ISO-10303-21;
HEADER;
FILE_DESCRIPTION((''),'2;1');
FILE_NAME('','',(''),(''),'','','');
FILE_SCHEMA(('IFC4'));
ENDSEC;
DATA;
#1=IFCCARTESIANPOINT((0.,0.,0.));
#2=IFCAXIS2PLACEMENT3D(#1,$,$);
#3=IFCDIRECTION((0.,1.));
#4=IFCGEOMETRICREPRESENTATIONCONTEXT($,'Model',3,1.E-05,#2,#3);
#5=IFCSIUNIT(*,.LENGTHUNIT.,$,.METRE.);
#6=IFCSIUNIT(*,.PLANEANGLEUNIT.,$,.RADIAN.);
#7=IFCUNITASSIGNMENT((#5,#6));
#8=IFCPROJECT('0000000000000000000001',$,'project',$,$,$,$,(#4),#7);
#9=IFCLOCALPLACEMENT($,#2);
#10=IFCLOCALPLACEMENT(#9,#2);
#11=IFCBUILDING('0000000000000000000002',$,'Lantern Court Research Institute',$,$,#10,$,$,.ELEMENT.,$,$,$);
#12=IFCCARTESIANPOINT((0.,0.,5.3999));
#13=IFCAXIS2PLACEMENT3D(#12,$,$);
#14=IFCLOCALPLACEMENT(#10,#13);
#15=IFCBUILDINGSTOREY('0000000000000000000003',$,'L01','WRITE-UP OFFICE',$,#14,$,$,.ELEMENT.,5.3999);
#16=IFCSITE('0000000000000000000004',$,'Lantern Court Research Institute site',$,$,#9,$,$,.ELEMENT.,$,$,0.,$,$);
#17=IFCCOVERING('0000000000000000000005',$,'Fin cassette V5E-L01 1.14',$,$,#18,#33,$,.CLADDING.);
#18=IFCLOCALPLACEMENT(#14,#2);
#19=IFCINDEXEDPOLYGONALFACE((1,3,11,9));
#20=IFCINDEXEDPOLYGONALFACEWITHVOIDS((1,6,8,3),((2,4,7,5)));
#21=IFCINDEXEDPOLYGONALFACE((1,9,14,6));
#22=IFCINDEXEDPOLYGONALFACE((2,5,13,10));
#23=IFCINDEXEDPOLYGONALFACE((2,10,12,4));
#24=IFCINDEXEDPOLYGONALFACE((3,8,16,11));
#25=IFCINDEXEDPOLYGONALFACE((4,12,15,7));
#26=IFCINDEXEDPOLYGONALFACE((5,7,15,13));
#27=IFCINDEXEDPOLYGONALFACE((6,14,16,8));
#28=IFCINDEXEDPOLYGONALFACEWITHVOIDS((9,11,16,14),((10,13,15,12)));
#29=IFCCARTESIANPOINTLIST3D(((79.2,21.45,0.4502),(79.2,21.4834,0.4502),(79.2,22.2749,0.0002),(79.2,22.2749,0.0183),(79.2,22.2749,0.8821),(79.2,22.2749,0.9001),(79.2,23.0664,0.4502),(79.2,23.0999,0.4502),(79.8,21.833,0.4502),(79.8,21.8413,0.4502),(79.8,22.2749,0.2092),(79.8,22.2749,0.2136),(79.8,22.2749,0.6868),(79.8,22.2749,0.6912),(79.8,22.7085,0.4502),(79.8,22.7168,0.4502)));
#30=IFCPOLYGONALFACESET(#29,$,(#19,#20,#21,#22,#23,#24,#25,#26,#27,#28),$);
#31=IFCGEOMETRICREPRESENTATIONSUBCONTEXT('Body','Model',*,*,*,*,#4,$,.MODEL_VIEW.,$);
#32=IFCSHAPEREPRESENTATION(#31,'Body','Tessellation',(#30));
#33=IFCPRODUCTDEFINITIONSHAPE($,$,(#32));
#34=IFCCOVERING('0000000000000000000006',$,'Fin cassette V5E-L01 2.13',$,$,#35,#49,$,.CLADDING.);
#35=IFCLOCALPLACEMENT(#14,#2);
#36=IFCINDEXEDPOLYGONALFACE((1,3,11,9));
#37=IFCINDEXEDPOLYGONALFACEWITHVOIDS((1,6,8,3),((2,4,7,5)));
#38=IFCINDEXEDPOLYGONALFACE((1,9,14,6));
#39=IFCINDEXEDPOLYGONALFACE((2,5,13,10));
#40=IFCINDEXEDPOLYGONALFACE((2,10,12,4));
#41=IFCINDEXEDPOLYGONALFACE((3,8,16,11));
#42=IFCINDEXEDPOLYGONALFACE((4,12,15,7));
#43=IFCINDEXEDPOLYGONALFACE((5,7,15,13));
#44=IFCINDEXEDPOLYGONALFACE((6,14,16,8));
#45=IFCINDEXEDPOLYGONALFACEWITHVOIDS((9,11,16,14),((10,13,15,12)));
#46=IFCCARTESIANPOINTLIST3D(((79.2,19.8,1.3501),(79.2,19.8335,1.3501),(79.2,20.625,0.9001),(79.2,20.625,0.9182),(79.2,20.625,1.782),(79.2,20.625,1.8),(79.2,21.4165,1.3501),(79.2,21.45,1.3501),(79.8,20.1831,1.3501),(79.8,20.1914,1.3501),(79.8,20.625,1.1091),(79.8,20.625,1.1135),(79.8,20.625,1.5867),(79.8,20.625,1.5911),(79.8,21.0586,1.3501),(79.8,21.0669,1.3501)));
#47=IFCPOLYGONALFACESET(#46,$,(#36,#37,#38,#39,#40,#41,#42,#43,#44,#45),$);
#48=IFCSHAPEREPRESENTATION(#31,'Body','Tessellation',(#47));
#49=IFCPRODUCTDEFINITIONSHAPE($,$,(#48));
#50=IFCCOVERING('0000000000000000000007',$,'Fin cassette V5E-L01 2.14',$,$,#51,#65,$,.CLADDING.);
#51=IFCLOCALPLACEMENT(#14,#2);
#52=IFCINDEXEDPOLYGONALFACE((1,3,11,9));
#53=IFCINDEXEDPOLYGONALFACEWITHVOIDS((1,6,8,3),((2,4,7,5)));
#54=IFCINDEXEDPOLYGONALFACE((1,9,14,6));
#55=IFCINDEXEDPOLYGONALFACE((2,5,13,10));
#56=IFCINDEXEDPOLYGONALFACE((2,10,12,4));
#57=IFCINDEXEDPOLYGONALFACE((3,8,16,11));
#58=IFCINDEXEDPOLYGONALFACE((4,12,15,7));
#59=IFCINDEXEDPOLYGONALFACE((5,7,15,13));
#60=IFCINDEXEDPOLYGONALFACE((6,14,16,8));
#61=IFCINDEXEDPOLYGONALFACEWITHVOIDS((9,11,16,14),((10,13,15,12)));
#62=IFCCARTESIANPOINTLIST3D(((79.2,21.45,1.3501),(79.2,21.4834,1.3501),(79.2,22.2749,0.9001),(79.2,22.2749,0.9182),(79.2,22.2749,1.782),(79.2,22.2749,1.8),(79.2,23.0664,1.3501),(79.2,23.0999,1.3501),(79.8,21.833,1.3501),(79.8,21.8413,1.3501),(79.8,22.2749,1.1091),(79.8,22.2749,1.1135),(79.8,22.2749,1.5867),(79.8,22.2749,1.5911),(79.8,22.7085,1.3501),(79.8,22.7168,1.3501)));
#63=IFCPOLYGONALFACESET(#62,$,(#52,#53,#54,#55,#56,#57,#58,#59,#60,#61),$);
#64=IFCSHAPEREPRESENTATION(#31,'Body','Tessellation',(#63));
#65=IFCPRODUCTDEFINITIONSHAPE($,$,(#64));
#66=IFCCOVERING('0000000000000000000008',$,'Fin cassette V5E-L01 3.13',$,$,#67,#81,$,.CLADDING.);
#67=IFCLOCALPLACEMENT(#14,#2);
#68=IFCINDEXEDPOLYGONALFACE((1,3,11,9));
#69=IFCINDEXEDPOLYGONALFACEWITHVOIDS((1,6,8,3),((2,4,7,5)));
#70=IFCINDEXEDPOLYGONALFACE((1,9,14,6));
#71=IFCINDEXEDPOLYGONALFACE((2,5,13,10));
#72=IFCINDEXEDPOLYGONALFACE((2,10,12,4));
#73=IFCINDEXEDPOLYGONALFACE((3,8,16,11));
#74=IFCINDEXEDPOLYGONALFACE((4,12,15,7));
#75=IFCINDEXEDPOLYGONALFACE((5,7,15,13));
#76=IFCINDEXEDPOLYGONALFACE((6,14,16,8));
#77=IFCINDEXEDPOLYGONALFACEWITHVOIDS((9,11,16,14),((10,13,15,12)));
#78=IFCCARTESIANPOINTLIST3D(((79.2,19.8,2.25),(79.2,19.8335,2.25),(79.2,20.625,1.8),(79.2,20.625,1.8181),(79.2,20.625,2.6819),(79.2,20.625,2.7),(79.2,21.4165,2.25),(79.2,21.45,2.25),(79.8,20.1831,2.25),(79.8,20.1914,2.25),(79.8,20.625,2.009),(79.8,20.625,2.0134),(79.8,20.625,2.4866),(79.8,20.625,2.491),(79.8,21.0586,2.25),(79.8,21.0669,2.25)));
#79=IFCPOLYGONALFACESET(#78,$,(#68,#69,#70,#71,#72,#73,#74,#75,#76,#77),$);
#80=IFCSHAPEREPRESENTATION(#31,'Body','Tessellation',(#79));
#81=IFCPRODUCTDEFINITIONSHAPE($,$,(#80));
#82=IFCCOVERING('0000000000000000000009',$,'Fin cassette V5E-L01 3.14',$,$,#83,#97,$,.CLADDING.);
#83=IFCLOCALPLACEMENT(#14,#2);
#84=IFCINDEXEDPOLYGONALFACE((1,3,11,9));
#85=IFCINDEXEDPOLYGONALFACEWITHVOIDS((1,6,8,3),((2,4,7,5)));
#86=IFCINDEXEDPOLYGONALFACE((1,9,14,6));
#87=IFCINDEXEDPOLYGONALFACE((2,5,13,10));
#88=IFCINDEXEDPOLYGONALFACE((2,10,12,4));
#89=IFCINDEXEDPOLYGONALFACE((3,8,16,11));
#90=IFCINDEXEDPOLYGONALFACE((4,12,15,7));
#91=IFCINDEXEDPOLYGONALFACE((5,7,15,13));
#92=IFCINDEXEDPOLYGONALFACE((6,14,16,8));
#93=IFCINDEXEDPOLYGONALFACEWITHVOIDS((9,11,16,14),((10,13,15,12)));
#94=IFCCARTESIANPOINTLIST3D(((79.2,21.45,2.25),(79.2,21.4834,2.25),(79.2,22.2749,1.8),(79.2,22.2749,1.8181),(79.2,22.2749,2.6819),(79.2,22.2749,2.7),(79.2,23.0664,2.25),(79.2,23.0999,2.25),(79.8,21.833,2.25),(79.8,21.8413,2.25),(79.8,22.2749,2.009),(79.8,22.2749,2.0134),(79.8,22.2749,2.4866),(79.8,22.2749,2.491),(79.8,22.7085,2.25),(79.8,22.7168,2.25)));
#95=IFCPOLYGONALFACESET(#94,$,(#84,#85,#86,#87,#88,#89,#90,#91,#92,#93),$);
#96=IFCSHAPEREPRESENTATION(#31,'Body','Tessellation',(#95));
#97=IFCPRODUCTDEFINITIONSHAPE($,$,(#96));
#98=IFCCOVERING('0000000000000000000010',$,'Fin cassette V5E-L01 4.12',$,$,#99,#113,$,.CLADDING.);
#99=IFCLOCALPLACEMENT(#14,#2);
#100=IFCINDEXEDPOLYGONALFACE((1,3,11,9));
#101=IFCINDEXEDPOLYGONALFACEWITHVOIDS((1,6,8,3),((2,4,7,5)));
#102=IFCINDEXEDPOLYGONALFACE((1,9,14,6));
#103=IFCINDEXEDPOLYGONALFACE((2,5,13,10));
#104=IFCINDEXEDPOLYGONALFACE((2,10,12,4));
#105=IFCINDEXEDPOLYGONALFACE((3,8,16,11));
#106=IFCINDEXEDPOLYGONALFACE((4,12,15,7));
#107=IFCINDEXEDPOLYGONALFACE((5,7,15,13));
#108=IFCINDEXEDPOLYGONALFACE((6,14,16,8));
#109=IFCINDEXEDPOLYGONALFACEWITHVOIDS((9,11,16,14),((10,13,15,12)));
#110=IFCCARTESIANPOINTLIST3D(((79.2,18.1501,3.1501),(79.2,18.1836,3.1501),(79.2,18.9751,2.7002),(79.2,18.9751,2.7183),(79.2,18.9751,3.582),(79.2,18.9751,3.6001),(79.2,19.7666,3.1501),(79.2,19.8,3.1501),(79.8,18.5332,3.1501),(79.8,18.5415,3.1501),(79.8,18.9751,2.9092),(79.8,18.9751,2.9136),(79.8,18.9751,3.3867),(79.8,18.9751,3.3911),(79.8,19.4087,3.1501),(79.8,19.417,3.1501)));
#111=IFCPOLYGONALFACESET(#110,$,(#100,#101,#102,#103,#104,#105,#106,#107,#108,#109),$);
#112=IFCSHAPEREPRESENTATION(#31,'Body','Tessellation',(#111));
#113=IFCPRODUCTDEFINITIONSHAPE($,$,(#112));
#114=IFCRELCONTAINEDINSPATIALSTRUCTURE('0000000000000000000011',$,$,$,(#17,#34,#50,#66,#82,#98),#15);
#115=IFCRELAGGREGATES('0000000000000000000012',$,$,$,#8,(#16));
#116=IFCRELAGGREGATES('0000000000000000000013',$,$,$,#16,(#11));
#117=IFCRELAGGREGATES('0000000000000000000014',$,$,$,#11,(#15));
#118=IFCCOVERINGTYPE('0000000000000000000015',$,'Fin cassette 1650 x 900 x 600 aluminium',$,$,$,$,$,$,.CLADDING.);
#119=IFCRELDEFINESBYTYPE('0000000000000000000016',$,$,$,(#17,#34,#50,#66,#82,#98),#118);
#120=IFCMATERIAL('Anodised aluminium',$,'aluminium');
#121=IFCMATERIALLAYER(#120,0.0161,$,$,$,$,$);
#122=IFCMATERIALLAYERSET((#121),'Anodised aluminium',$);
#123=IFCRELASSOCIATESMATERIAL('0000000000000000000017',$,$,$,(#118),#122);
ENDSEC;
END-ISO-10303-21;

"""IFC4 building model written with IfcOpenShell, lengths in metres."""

from ifc_helpers import new_model, entity, si_unit, direction, frame, origin, place, context, subcontext, project, spatial, material, layer, layer_set, type_object, element, save


model = new_model("IFC4")

# Units and contexts
model_context = context("Model", 3, precision=1e-05, world=origin(), true_north=direction((0.0, 1.0)))
body_context = subcontext(model_context, "Body", "Model", "MODEL_VIEW")
ifc_project = project(units=[si_unit("LENGTHUNIT", "METRE"), si_unit("PLANEANGLEUNIT", "RADIAN")], contexts=[model_context])

# Site, building, storey
site_placement = place(None, origin())
site = spatial("IfcSite", under=ifc_project, at=site_placement, Name="Lantern Court Research Institute site", CompositionType="ELEMENT", RefElevation=0.0)
building_placement = place(site_placement, origin())
building = spatial("IfcBuilding", under=site, at=building_placement, Name="Lantern Court Research Institute", CompositionType="ELEMENT")
storey_placement = place(building_placement, frame((0.0, 0.0, 5.3999)))
storey = spatial("IfcBuildingStorey", under=building, at=storey_placement, Name="L01", Description="WRITE-UP OFFICE", CompositionType="ELEMENT", Elevation=5.3999)

# Coverings
ifc_material_1 = material(Name="Anodised aluminium", Category="aluminium")
ifc_layer_1 = layer(ifc_material_1, 0.0161)
ifc_layer_set_1 = layer_set([ifc_layer_1], Name="Anodised aluminium")
covering_type = type_object("IfcCoveringType", Name="Fin cassette 1650 x 900 x 600 aluminium", PredefinedType="CLADDING", material=ifc_layer_set_1)
covering_1_placement = place(storey_placement, frame((79.2, 22.2749, 0.4502), z_axis=(1.0, 0.0, 0.0), x_axis=(0.0, 1.0, 0.0)))
cartesian_point_1 = entity("IfcCartesianPoint", [0.825, 0.0])
cartesian_point_2 = entity("IfcCartesianPoint", [0.7915, 0.0])
cartesian_point_3 = entity("IfcCartesianPoint", [0.4419, 0.0])
cartesian_point_4 = entity("IfcCartesianPoint", [0.4336, 0.0])
element("IfcCovering", 1, at=covering_1_placement, inside=storey, type_object=covering_type, Name="Fin cassette V5E-L01 1.14", PredefinedType="CLADDING", context=body_context, shape_type="SweptSolid", body=[
    entity("IfcExtrudedAreaSolidTapered", entity("IfcArbitraryProfileDefWithVoids", "AREA", None, entity("IfcPolyline", [cartesian_point_1, entity("IfcCartesianPoint", [0.0, 0.45]), entity("IfcCartesianPoint", [-0.825, 0.0]), entity("IfcCartesianPoint", [0.0, -0.45]), cartesian_point_1]), [entity("IfcPolyline", [cartesian_point_2, entity("IfcCartesianPoint", [0.0, 0.4319]), entity("IfcCartesianPoint", [-0.7915, 0.0]), entity("IfcCartesianPoint", [0.0, -0.4319]), cartesian_point_2])]), entity("IfcAxis2Placement3D", entity("IfcCartesianPoint", [0.0, 0.0, 0.0])), entity("IfcDirection", [0.0, 0.0, 1.0]), 0.6001, entity("IfcArbitraryProfileDefWithVoids", "AREA", None, entity("IfcPolyline", [cartesian_point_3, entity("IfcCartesianPoint", [0.0, 0.241]), entity("IfcCartesianPoint", [-0.4419, 0.0]), entity("IfcCartesianPoint", [0.0, -0.241]), cartesian_point_3]), [entity("IfcPolyline", [cartesian_point_4, entity("IfcCartesianPoint", [0.0, 0.2366]), entity("IfcCartesianPoint", [-0.4336, 0.0]), entity("IfcCartesianPoint", [0.0, -0.2366]), cartesian_point_4])])),
])
covering_2_placement = place(storey_placement, frame((79.2, 20.625, 1.3501), z_axis=(1.0, 0.0, 0.0), x_axis=(0.0, 1.0, 0.0)))
cartesian_point_5 = entity("IfcCartesianPoint", [0.825, 0.0])
cartesian_point_6 = entity("IfcCartesianPoint", [0.7915, 0.0])
cartesian_point_7 = entity("IfcCartesianPoint", [0.4419, 0.0])
cartesian_point_8 = entity("IfcCartesianPoint", [0.4336, 0.0])
element("IfcCovering", 2, at=covering_2_placement, inside=storey, type_object=covering_type, Name="Fin cassette V5E-L01 2.13", PredefinedType="CLADDING", context=body_context, shape_type="SweptSolid", body=[
    entity("IfcExtrudedAreaSolidTapered", entity("IfcArbitraryProfileDefWithVoids", "AREA", None, entity("IfcPolyline", [cartesian_point_5, entity("IfcCartesianPoint", [0.0, 0.45]), entity("IfcCartesianPoint", [-0.825, 0.0]), entity("IfcCartesianPoint", [0.0, -0.45]), cartesian_point_5]), [entity("IfcPolyline", [cartesian_point_6, entity("IfcCartesianPoint", [0.0, 0.4319]), entity("IfcCartesianPoint", [-0.7915, 0.0]), entity("IfcCartesianPoint", [0.0, -0.4319]), cartesian_point_6])]), entity("IfcAxis2Placement3D", entity("IfcCartesianPoint", [0.0, 0.0, 0.0])), entity("IfcDirection", [0.0, 0.0, 1.0]), 0.6001, entity("IfcArbitraryProfileDefWithVoids", "AREA", None, entity("IfcPolyline", [cartesian_point_7, entity("IfcCartesianPoint", [0.0, 0.241]), entity("IfcCartesianPoint", [-0.4419, 0.0]), entity("IfcCartesianPoint", [0.0, -0.241]), cartesian_point_7]), [entity("IfcPolyline", [cartesian_point_8, entity("IfcCartesianPoint", [0.0, 0.2366]), entity("IfcCartesianPoint", [-0.4336, 0.0]), entity("IfcCartesianPoint", [0.0, -0.2366]), cartesian_point_8])])),
])
covering_3_placement = place(storey_placement, frame((79.2, 22.2749, 1.3501), z_axis=(1.0, 0.0, 0.0), x_axis=(0.0, 1.0, 0.0)))
cartesian_point_9 = entity("IfcCartesianPoint", [0.825, 0.0])
cartesian_point_10 = entity("IfcCartesianPoint", [0.7915, 0.0])
cartesian_point_11 = entity("IfcCartesianPoint", [0.4419, 0.0])
cartesian_point_12 = entity("IfcCartesianPoint", [0.4336, 0.0])
element("IfcCovering", 3, at=covering_3_placement, inside=storey, type_object=covering_type, Name="Fin cassette V5E-L01 2.14", PredefinedType="CLADDING", context=body_context, shape_type="SweptSolid", body=[
    entity("IfcExtrudedAreaSolidTapered", entity("IfcArbitraryProfileDefWithVoids", "AREA", None, entity("IfcPolyline", [cartesian_point_9, entity("IfcCartesianPoint", [0.0, 0.45]), entity("IfcCartesianPoint", [-0.825, 0.0]), entity("IfcCartesianPoint", [0.0, -0.45]), cartesian_point_9]), [entity("IfcPolyline", [cartesian_point_10, entity("IfcCartesianPoint", [0.0, 0.4319]), entity("IfcCartesianPoint", [-0.7915, 0.0]), entity("IfcCartesianPoint", [0.0, -0.4319]), cartesian_point_10])]), entity("IfcAxis2Placement3D", entity("IfcCartesianPoint", [0.0, 0.0, 0.0])), entity("IfcDirection", [0.0, 0.0, 1.0]), 0.6001, entity("IfcArbitraryProfileDefWithVoids", "AREA", None, entity("IfcPolyline", [cartesian_point_11, entity("IfcCartesianPoint", [0.0, 0.241]), entity("IfcCartesianPoint", [-0.4419, 0.0]), entity("IfcCartesianPoint", [0.0, -0.241]), cartesian_point_11]), [entity("IfcPolyline", [cartesian_point_12, entity("IfcCartesianPoint", [0.0, 0.2366]), entity("IfcCartesianPoint", [-0.4336, 0.0]), entity("IfcCartesianPoint", [0.0, -0.2366]), cartesian_point_12])])),
])
covering_4_placement = place(storey_placement, frame((79.2, 20.625, 2.25), z_axis=(1.0, 0.0, 0.0), x_axis=(0.0, 1.0, 0.0)))
cartesian_point_13 = entity("IfcCartesianPoint", [0.825, 0.0])
cartesian_point_14 = entity("IfcCartesianPoint", [0.7915, 0.0])
cartesian_point_15 = entity("IfcCartesianPoint", [0.4419, 0.0])
cartesian_point_16 = entity("IfcCartesianPoint", [0.4336, 0.0])
element("IfcCovering", 4, at=covering_4_placement, inside=storey, type_object=covering_type, Name="Fin cassette V5E-L01 3.13", PredefinedType="CLADDING", context=body_context, shape_type="SweptSolid", body=[
    entity("IfcExtrudedAreaSolidTapered", entity("IfcArbitraryProfileDefWithVoids", "AREA", None, entity("IfcPolyline", [cartesian_point_13, entity("IfcCartesianPoint", [0.0, 0.45]), entity("IfcCartesianPoint", [-0.825, 0.0]), entity("IfcCartesianPoint", [0.0, -0.45]), cartesian_point_13]), [entity("IfcPolyline", [cartesian_point_14, entity("IfcCartesianPoint", [0.0, 0.4319]), entity("IfcCartesianPoint", [-0.7915, 0.0]), entity("IfcCartesianPoint", [0.0, -0.4319]), cartesian_point_14])]), entity("IfcAxis2Placement3D", entity("IfcCartesianPoint", [0.0, 0.0, 0.0])), entity("IfcDirection", [0.0, 0.0, 1.0]), 0.6001, entity("IfcArbitraryProfileDefWithVoids", "AREA", None, entity("IfcPolyline", [cartesian_point_15, entity("IfcCartesianPoint", [0.0, 0.241]), entity("IfcCartesianPoint", [-0.4419, 0.0]), entity("IfcCartesianPoint", [0.0, -0.241]), cartesian_point_15]), [entity("IfcPolyline", [cartesian_point_16, entity("IfcCartesianPoint", [0.0, 0.2366]), entity("IfcCartesianPoint", [-0.4336, 0.0]), entity("IfcCartesianPoint", [0.0, -0.2366]), cartesian_point_16])])),
])
covering_5_placement = place(storey_placement, frame((79.2, 22.2749, 2.25), z_axis=(1.0, 0.0, 0.0), x_axis=(0.0, 1.0, 0.0)))
cartesian_point_17 = entity("IfcCartesianPoint", [0.825, 0.0])
cartesian_point_18 = entity("IfcCartesianPoint", [0.7915, 0.0])
cartesian_point_19 = entity("IfcCartesianPoint", [0.4419, 0.0])
cartesian_point_20 = entity("IfcCartesianPoint", [0.4336, 0.0])
element("IfcCovering", 5, at=covering_5_placement, inside=storey, type_object=covering_type, Name="Fin cassette V5E-L01 3.14", PredefinedType="CLADDING", context=body_context, shape_type="SweptSolid", body=[
    entity("IfcExtrudedAreaSolidTapered", entity("IfcArbitraryProfileDefWithVoids", "AREA", None, entity("IfcPolyline", [cartesian_point_17, entity("IfcCartesianPoint", [0.0, 0.45]), entity("IfcCartesianPoint", [-0.825, 0.0]), entity("IfcCartesianPoint", [0.0, -0.45]), cartesian_point_17]), [entity("IfcPolyline", [cartesian_point_18, entity("IfcCartesianPoint", [0.0, 0.4319]), entity("IfcCartesianPoint", [-0.7915, 0.0]), entity("IfcCartesianPoint", [0.0, -0.4319]), cartesian_point_18])]), entity("IfcAxis2Placement3D", entity("IfcCartesianPoint", [0.0, 0.0, 0.0])), entity("IfcDirection", [0.0, 0.0, 1.0]), 0.6001, entity("IfcArbitraryProfileDefWithVoids", "AREA", None, entity("IfcPolyline", [cartesian_point_19, entity("IfcCartesianPoint", [0.0, 0.241]), entity("IfcCartesianPoint", [-0.4419, 0.0]), entity("IfcCartesianPoint", [0.0, -0.241]), cartesian_point_19]), [entity("IfcPolyline", [cartesian_point_20, entity("IfcCartesianPoint", [0.0, 0.2366]), entity("IfcCartesianPoint", [-0.4336, 0.0]), entity("IfcCartesianPoint", [0.0, -0.2366]), cartesian_point_20])])),
])
covering_6_placement = place(storey_placement, frame((79.2, 18.9751, 3.1501), z_axis=(1.0, 0.0, 0.0), x_axis=(0.0, 1.0, 0.0)))
cartesian_point_21 = entity("IfcCartesianPoint", [0.825, 0.0])
cartesian_point_22 = entity("IfcCartesianPoint", [0.7915, 0.0])
cartesian_point_23 = entity("IfcCartesianPoint", [0.4419, 0.0])
cartesian_point_24 = entity("IfcCartesianPoint", [0.4336, 0.0])
element("IfcCovering", 6, at=covering_6_placement, inside=storey, type_object=covering_type, Name="Fin cassette V5E-L01 4.12", PredefinedType="CLADDING", context=body_context, shape_type="SweptSolid", body=[
    entity("IfcExtrudedAreaSolidTapered", entity("IfcArbitraryProfileDefWithVoids", "AREA", None, entity("IfcPolyline", [cartesian_point_21, entity("IfcCartesianPoint", [0.0, 0.45]), entity("IfcCartesianPoint", [-0.825, 0.0]), entity("IfcCartesianPoint", [0.0, -0.45]), cartesian_point_21]), [entity("IfcPolyline", [cartesian_point_22, entity("IfcCartesianPoint", [0.0, 0.4319]), entity("IfcCartesianPoint", [-0.7915, 0.0]), entity("IfcCartesianPoint", [0.0, -0.4319]), cartesian_point_22])]), entity("IfcAxis2Placement3D", entity("IfcCartesianPoint", [0.0, 0.0, 0.0])), entity("IfcDirection", [0.0, 0.0, 1.0]), 0.6001, entity("IfcArbitraryProfileDefWithVoids", "AREA", None, entity("IfcPolyline", [cartesian_point_23, entity("IfcCartesianPoint", [0.0, 0.241]), entity("IfcCartesianPoint", [-0.4419, 0.0]), entity("IfcCartesianPoint", [0.0, -0.241]), cartesian_point_23]), [entity("IfcPolyline", [cartesian_point_24, entity("IfcCartesianPoint", [0.0, 0.2366]), entity("IfcCartesianPoint", [-0.4336, 0.0]), entity("IfcCartesianPoint", [0.0, -0.2366]), cartesian_point_24])])),
])

save(model, "model.ifc")
